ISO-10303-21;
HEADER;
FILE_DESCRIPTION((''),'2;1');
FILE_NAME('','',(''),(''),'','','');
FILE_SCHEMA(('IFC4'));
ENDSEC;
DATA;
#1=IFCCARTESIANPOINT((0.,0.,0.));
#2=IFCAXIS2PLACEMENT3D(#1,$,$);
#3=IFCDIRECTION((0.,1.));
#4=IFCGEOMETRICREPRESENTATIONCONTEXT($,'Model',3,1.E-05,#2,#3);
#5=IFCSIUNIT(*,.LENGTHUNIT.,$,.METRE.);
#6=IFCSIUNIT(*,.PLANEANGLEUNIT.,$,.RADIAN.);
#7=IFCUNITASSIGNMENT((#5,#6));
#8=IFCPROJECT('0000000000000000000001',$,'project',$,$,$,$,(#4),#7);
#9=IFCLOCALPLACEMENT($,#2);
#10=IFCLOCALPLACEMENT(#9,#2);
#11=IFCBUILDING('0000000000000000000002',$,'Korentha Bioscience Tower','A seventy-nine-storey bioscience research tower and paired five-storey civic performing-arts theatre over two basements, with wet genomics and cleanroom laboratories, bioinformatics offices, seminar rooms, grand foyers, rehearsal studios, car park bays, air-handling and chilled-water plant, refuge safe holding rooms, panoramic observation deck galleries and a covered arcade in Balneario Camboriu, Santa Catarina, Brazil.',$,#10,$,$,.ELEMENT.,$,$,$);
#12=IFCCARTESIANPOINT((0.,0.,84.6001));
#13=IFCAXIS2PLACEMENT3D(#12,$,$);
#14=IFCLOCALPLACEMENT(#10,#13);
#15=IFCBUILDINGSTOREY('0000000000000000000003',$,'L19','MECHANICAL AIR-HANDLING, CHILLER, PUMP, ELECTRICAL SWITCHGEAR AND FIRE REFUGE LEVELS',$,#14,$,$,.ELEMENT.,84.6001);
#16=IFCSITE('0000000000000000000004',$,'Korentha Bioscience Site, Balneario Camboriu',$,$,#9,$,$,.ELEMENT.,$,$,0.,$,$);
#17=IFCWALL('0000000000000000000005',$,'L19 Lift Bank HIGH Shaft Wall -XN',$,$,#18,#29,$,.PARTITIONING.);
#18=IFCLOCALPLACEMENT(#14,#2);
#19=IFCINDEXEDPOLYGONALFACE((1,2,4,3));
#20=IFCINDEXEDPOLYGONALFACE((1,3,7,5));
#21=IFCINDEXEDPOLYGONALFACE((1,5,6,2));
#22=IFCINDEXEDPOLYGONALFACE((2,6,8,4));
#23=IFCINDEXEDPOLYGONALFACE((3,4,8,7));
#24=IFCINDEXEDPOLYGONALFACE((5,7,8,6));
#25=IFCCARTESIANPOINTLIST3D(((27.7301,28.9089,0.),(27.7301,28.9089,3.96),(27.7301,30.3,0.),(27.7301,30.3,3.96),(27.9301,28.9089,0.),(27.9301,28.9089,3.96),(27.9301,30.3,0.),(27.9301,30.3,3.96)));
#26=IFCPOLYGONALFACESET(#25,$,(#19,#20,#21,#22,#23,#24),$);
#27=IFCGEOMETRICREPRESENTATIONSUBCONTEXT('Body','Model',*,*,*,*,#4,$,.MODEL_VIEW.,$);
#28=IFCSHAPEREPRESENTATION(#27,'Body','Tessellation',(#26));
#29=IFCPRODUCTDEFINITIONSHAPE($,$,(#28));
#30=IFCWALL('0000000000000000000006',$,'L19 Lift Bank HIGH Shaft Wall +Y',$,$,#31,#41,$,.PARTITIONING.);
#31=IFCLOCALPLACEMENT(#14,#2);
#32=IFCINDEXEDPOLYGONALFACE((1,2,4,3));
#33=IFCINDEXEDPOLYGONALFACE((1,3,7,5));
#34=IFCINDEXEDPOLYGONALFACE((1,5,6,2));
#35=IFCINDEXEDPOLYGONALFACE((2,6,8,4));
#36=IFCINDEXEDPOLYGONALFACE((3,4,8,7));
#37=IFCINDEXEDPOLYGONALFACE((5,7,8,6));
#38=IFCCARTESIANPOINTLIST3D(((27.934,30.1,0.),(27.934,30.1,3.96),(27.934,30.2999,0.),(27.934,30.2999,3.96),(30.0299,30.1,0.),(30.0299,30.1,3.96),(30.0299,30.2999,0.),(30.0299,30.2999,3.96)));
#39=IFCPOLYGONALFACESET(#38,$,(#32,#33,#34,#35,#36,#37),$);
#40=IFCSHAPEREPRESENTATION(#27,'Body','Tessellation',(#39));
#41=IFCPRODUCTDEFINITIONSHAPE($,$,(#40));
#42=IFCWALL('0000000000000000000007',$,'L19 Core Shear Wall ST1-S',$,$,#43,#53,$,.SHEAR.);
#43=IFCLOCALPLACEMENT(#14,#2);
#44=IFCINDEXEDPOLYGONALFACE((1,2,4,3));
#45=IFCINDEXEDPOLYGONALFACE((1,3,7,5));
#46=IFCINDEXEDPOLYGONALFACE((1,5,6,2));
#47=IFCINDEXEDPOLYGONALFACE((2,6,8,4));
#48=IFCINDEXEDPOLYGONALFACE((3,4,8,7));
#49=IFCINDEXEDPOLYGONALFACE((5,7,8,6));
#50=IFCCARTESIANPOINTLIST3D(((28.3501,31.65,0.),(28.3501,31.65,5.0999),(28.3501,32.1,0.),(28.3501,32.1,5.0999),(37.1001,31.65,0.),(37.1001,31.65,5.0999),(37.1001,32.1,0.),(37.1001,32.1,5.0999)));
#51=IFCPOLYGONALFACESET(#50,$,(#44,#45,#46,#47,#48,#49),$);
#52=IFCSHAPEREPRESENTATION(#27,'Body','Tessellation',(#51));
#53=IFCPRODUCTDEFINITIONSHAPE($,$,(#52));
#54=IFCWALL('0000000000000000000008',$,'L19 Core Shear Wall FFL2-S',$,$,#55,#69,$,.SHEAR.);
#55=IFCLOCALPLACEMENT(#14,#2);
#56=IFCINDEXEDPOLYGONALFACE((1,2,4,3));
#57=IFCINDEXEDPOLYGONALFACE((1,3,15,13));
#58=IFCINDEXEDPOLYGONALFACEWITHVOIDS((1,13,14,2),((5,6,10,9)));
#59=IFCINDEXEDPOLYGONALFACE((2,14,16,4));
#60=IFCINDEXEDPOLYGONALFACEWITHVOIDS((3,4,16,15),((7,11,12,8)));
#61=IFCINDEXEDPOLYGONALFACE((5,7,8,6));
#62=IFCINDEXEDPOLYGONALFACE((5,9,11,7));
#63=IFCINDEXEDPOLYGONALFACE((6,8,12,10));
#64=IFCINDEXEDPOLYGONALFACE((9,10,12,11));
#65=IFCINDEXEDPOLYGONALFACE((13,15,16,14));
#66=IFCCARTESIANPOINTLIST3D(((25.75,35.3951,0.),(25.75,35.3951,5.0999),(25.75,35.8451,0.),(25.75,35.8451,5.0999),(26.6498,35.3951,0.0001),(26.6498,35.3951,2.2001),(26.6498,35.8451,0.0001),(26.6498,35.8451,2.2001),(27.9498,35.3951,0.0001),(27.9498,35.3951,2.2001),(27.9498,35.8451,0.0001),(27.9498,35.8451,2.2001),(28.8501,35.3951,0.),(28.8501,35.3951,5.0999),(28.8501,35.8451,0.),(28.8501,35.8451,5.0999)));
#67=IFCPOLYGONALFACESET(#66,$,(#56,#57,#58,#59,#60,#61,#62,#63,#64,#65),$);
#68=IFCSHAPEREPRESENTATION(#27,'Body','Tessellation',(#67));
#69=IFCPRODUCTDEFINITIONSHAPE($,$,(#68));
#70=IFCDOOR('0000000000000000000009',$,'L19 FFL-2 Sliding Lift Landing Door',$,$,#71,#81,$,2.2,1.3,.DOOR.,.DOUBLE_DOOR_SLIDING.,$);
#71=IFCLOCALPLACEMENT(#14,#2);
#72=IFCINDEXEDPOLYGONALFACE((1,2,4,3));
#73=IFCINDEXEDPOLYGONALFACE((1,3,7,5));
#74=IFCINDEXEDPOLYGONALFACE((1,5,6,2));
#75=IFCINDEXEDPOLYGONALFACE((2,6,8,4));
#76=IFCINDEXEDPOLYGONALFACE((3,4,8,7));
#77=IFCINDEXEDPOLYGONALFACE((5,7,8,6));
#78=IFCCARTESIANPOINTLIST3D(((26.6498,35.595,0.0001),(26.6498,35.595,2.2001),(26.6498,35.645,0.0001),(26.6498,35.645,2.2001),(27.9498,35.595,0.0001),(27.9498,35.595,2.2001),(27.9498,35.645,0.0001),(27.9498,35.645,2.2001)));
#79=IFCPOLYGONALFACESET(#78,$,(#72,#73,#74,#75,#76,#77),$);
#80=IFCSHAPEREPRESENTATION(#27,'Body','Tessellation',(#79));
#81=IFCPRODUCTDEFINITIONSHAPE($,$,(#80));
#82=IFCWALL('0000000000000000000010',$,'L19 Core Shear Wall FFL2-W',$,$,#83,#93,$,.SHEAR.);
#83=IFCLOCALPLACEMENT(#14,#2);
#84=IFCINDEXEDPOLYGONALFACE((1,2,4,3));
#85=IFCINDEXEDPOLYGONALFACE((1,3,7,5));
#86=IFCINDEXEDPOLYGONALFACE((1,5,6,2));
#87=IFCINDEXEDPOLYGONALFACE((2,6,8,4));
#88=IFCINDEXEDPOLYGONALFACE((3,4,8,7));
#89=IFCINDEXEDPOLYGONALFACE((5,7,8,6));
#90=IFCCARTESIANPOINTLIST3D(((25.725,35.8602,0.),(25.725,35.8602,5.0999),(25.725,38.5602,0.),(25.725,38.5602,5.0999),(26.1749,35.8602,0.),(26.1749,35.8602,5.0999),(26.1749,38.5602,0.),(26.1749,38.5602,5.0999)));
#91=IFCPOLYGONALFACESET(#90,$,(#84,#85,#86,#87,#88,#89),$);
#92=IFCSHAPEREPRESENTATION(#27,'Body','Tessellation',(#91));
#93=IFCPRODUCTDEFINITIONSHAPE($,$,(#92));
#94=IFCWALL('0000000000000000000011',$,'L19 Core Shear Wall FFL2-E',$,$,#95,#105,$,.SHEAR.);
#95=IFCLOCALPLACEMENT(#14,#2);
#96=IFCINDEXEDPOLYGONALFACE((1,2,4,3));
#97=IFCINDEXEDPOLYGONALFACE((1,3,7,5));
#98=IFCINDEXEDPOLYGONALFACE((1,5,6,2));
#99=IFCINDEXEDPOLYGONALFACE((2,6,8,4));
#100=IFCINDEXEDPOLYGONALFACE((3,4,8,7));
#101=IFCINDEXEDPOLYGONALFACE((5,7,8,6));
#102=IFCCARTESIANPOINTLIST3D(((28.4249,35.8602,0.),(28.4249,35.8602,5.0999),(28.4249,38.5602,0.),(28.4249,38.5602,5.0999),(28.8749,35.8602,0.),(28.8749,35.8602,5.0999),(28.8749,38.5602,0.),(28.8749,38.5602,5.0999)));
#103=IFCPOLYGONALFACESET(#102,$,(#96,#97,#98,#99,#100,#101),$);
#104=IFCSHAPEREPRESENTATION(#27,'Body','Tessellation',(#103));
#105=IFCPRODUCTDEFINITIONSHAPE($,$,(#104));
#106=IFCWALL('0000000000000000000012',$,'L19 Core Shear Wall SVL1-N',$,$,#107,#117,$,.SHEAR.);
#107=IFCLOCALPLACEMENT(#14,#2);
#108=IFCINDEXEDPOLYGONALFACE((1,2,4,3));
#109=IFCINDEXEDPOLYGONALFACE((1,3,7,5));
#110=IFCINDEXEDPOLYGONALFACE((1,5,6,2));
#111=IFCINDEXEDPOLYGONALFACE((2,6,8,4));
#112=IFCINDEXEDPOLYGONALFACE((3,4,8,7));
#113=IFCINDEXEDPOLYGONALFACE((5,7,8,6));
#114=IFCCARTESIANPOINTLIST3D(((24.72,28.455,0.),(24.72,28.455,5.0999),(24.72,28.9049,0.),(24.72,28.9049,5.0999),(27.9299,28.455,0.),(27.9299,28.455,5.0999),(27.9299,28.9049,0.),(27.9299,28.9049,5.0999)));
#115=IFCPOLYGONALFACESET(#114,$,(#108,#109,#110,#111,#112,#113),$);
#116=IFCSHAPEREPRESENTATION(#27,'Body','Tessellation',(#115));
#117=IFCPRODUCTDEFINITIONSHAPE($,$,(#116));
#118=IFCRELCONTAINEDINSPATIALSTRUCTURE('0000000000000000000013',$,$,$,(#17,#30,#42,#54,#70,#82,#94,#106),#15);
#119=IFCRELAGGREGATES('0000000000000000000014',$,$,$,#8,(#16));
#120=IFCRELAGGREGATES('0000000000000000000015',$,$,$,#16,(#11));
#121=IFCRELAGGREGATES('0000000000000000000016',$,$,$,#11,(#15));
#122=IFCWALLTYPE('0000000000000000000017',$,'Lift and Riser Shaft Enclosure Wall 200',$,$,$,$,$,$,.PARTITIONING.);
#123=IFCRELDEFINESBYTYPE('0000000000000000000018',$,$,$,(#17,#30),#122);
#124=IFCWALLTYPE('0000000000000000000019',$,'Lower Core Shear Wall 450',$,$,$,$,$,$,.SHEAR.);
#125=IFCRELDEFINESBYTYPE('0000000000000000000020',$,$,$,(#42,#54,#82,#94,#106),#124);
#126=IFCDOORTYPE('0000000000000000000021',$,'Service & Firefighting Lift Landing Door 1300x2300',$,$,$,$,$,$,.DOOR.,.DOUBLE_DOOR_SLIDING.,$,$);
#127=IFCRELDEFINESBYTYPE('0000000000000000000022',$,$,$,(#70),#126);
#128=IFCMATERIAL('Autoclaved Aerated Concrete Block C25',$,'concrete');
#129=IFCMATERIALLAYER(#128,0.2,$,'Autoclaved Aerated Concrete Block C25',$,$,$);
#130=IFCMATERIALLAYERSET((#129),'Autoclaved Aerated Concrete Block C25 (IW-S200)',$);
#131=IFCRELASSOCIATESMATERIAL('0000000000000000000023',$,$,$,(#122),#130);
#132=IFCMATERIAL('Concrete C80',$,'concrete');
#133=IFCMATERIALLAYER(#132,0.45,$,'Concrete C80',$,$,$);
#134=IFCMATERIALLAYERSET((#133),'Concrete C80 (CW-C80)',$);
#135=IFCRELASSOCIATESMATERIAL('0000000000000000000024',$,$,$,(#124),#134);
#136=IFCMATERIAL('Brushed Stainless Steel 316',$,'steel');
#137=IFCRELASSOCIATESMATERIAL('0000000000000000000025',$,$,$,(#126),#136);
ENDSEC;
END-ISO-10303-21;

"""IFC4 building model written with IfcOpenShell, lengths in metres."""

from ifc_helpers import new_model, si_unit, direction, frame, frame_2d, origin, place, context, subcontext, project, spatial, rectangle, extrude, material, layer, layer_set, type_object, element, fill, save


model = new_model("IFC4")

# Units and contexts
model_context = context("Model", 3, precision=1e-05, world=origin(), true_north=direction((0.0, 1.0)))
body_context = subcontext(model_context, "Body", "Model", "MODEL_VIEW")
ifc_project = project(units=[si_unit("LENGTHUNIT", "METRE"), si_unit("PLANEANGLEUNIT", "RADIAN")], contexts=[model_context])

# Site, building, storey
site_placement = place(None, origin())
site = spatial("IfcSite", under=ifc_project, at=site_placement, Name="Korentha Bioscience Site, Balneario Camboriu", CompositionType="ELEMENT", RefElevation=0.0)
building_placement = place(site_placement, origin())
building = spatial("IfcBuilding", under=site, at=building_placement, Name="Korentha Bioscience Tower", Description="A seventy-nine-storey bioscience research tower and paired five-storey civic performing-arts theatre over two basements, with wet genomics and cleanroom laboratories, bioinformatics offices, seminar rooms, grand foyers, rehearsal studios, car park bays, air-handling and chilled-water plant, refuge safe holding rooms, panoramic observation deck galleries and a covered arcade in Balneario Camboriu, Santa Catarina, Brazil.", CompositionType="ELEMENT")
storey_placement = place(building_placement, frame((0.0, 0.0, 84.6001)))
storey = spatial("IfcBuildingStorey", under=building, at=storey_placement, Name="L19", Description="MECHANICAL AIR-HANDLING, CHILLER, PUMP, ELECTRICAL SWITCHGEAR AND FIRE REFUGE LEVELS", CompositionType="ELEMENT", Elevation=84.6001)

# Walls
ifc_material_1 = material(Name="Autoclaved Aerated Concrete Block C25", Category="concrete")
ifc_layer_1 = layer(ifc_material_1, 0.2, Name="Autoclaved Aerated Concrete Block C25")
ifc_layer_set_1 = layer_set([ifc_layer_1], Name="Autoclaved Aerated Concrete Block C25 (IW-S200)")
wall_type_1 = type_object("IfcWallType", Name="Lift and Riser Shaft Enclosure Wall 200", PredefinedType="PARTITIONING", material=ifc_layer_set_1)
wall_1_placement = place(storey_placement, frame((27.8301, 28.9089, 0.0), z_axis=(0.0, 0.0, 1.0), x_axis=(0.0, 1.0, 0.0)))
element("IfcWall", 1, at=wall_1_placement, inside=storey, type_object=wall_type_1, Name="L19 Lift Bank HIGH Shaft Wall -XN", PredefinedType="PARTITIONING", context=body_context, shape_type="SweptSolid", body=[
    extrude(rectangle(XDim=1.3911, YDim=0.2, at=frame_2d((0.6956, 0.0))), origin(), (0.0, 0.0, 1.0), 3.96),
])
wall_2_placement = place(storey_placement, frame((27.9341, 30.2, 0.0), z_axis=(0.0, 0.0, 1.0), x_axis=(1.0, 0.0, 0.0)))
element("IfcWall", 2, at=wall_2_placement, inside=storey, type_object=wall_type_1, Name="L19 Lift Bank HIGH Shaft Wall +Y", PredefinedType="PARTITIONING", context=body_context, shape_type="SweptSolid", body=[
    extrude(rectangle(XDim=2.0959, YDim=0.2, at=frame_2d((1.0479, 0.0))), origin(), (0.0, 0.0, 1.0), 3.96),
])
ifc_material_2 = material(Name="Concrete C80", Category="concrete")
ifc_layer_2 = layer(ifc_material_2, 0.45, Name="Concrete C80")
ifc_layer_set_2 = layer_set([ifc_layer_2], Name="Concrete C80 (CW-C80)")
wall_type_2 = type_object("IfcWallType", Name="Lower Core Shear Wall 450", PredefinedType="SHEAR", material=ifc_layer_set_2)
wall_3_placement = place(storey_placement, frame((28.3501, 31.875, 0.0), z_axis=(0.0, 0.0, 1.0), x_axis=(1.0, 0.0, 0.0)))
element("IfcWall", 3, at=wall_3_placement, inside=storey, type_object=wall_type_2, Name="L19 Core Shear Wall ST1-S", PredefinedType="SHEAR", context=body_context, shape_type="SweptSolid", body=[
    extrude(rectangle(XDim=8.75, YDim=0.45, at=frame_2d((4.375, 0.0))), origin(), (0.0, 0.0, 1.0), 5.0999),
])

# Wall, opening, door
wall_4_placement = place(storey_placement, frame((25.75, 35.6201, 0.0), z_axis=(0.0, 0.0, 1.0), x_axis=(1.0, 0.0, 0.0)))
wall_4 = element("IfcWall", 4, at=wall_4_placement, inside=storey, type_object=wall_type_2, Name="L19 Core Shear Wall FFL2-S", PredefinedType="SHEAR", context=body_context, shape_type="SweptSolid", body=[
    extrude(rectangle(XDim=3.1001, YDim=0.45, at=frame_2d((1.55, 0.0))), origin(), (0.0, 0.0, 1.0), 5.0999),
])
opening_1_placement = place(wall_4_placement, frame((0.8999, 0.0, 0.0)))
opening_1 = element("IfcOpeningElement", 5, at=opening_1_placement, cuts=wall_4, PredefinedType="OPENING", context=body_context, shape_type="SweptSolid", body=[
    extrude(rectangle(XDim=1.3, YDim=2.2, at=frame_2d((0.6499, 1.1001))), frame((0.0, 0.2397, 0.0), z_axis=(0.0, -1.0, 0.0), x_axis=(1.0, 0.0, 0.0)), (0.0, 0.0, 1.0), 0.4797),
])
ifc_material_3 = material(Name="Brushed Stainless Steel 316", Category="steel")
door_type_1 = type_object("IfcDoorType", Name="Service & Firefighting Lift Landing Door 1300x2300", OperationType="DOUBLE_DOOR_SLIDING", PredefinedType="DOOR", material=ifc_material_3)
door_1_placement = place(opening_1_placement, origin())
door_1 = element("IfcDoor", 6, at=door_1_placement, inside=storey, type_object=door_type_1, Name="L19 FFL-2 Sliding Lift Landing Door", OperationType="DOUBLE_DOOR_SLIDING", OverallHeight=2.2, OverallWidth=1.3, PredefinedType="DOOR", context=body_context, shape_type="SweptSolid", body=[
    extrude(rectangle(XDim=1.3, YDim=2.2, at=frame_2d((0.6499, 1.1001))), frame((0.0, 0.0249, 0.0), z_axis=(0.0, -1.0, 0.0), x_axis=(1.0, 0.0, 0.0)), (0.0, 0.0, 1.0), 0.05),
])
fill(opening_1, door_1)

# Walls
for number, where, z_axis, x_axis, name in (
    (7, (25.95, 35.8601, 0.0), (0.0, 0.0, 1.0), (0.0, 1.0, 0.0), "L19 Core Shear Wall FFL2-W"),
    (8, (28.6499, 35.8601, 0.0), (0.0, 0.0, 1.0), (0.0, 1.0, 0.0), "L19 Core Shear Wall FFL2-E"),
):
    element("IfcWall", number, at=place(storey_placement, frame(where, z_axis=z_axis, x_axis=x_axis)), inside=storey, type_object=wall_type_2, Name=name, PredefinedType="SHEAR", context=body_context, shape_type="SweptSolid", body=[
        extrude(rectangle(XDim=2.7, YDim=0.45, at=frame_2d((1.3501, 0.0))), origin(), (0.0, 0.0, 1.0), 5.0999),
    ])
wall_5_placement = place(storey_placement, frame((24.72, 28.6799, 0.0), z_axis=(0.0, 0.0, 1.0), x_axis=(1.0, 0.0, 0.0)))
element("IfcWall", 9, at=wall_5_placement, inside=storey, type_object=wall_type_2, Name="L19 Core Shear Wall SVL1-N", PredefinedType="SHEAR", context=body_context, shape_type="SweptSolid", body=[
    extrude(rectangle(XDim=3.21, YDim=0.45, at=frame_2d((1.605, 0.0))), origin(), (0.0, 0.0, 1.0), 5.0999),
])

save(model, "model.ifc")
